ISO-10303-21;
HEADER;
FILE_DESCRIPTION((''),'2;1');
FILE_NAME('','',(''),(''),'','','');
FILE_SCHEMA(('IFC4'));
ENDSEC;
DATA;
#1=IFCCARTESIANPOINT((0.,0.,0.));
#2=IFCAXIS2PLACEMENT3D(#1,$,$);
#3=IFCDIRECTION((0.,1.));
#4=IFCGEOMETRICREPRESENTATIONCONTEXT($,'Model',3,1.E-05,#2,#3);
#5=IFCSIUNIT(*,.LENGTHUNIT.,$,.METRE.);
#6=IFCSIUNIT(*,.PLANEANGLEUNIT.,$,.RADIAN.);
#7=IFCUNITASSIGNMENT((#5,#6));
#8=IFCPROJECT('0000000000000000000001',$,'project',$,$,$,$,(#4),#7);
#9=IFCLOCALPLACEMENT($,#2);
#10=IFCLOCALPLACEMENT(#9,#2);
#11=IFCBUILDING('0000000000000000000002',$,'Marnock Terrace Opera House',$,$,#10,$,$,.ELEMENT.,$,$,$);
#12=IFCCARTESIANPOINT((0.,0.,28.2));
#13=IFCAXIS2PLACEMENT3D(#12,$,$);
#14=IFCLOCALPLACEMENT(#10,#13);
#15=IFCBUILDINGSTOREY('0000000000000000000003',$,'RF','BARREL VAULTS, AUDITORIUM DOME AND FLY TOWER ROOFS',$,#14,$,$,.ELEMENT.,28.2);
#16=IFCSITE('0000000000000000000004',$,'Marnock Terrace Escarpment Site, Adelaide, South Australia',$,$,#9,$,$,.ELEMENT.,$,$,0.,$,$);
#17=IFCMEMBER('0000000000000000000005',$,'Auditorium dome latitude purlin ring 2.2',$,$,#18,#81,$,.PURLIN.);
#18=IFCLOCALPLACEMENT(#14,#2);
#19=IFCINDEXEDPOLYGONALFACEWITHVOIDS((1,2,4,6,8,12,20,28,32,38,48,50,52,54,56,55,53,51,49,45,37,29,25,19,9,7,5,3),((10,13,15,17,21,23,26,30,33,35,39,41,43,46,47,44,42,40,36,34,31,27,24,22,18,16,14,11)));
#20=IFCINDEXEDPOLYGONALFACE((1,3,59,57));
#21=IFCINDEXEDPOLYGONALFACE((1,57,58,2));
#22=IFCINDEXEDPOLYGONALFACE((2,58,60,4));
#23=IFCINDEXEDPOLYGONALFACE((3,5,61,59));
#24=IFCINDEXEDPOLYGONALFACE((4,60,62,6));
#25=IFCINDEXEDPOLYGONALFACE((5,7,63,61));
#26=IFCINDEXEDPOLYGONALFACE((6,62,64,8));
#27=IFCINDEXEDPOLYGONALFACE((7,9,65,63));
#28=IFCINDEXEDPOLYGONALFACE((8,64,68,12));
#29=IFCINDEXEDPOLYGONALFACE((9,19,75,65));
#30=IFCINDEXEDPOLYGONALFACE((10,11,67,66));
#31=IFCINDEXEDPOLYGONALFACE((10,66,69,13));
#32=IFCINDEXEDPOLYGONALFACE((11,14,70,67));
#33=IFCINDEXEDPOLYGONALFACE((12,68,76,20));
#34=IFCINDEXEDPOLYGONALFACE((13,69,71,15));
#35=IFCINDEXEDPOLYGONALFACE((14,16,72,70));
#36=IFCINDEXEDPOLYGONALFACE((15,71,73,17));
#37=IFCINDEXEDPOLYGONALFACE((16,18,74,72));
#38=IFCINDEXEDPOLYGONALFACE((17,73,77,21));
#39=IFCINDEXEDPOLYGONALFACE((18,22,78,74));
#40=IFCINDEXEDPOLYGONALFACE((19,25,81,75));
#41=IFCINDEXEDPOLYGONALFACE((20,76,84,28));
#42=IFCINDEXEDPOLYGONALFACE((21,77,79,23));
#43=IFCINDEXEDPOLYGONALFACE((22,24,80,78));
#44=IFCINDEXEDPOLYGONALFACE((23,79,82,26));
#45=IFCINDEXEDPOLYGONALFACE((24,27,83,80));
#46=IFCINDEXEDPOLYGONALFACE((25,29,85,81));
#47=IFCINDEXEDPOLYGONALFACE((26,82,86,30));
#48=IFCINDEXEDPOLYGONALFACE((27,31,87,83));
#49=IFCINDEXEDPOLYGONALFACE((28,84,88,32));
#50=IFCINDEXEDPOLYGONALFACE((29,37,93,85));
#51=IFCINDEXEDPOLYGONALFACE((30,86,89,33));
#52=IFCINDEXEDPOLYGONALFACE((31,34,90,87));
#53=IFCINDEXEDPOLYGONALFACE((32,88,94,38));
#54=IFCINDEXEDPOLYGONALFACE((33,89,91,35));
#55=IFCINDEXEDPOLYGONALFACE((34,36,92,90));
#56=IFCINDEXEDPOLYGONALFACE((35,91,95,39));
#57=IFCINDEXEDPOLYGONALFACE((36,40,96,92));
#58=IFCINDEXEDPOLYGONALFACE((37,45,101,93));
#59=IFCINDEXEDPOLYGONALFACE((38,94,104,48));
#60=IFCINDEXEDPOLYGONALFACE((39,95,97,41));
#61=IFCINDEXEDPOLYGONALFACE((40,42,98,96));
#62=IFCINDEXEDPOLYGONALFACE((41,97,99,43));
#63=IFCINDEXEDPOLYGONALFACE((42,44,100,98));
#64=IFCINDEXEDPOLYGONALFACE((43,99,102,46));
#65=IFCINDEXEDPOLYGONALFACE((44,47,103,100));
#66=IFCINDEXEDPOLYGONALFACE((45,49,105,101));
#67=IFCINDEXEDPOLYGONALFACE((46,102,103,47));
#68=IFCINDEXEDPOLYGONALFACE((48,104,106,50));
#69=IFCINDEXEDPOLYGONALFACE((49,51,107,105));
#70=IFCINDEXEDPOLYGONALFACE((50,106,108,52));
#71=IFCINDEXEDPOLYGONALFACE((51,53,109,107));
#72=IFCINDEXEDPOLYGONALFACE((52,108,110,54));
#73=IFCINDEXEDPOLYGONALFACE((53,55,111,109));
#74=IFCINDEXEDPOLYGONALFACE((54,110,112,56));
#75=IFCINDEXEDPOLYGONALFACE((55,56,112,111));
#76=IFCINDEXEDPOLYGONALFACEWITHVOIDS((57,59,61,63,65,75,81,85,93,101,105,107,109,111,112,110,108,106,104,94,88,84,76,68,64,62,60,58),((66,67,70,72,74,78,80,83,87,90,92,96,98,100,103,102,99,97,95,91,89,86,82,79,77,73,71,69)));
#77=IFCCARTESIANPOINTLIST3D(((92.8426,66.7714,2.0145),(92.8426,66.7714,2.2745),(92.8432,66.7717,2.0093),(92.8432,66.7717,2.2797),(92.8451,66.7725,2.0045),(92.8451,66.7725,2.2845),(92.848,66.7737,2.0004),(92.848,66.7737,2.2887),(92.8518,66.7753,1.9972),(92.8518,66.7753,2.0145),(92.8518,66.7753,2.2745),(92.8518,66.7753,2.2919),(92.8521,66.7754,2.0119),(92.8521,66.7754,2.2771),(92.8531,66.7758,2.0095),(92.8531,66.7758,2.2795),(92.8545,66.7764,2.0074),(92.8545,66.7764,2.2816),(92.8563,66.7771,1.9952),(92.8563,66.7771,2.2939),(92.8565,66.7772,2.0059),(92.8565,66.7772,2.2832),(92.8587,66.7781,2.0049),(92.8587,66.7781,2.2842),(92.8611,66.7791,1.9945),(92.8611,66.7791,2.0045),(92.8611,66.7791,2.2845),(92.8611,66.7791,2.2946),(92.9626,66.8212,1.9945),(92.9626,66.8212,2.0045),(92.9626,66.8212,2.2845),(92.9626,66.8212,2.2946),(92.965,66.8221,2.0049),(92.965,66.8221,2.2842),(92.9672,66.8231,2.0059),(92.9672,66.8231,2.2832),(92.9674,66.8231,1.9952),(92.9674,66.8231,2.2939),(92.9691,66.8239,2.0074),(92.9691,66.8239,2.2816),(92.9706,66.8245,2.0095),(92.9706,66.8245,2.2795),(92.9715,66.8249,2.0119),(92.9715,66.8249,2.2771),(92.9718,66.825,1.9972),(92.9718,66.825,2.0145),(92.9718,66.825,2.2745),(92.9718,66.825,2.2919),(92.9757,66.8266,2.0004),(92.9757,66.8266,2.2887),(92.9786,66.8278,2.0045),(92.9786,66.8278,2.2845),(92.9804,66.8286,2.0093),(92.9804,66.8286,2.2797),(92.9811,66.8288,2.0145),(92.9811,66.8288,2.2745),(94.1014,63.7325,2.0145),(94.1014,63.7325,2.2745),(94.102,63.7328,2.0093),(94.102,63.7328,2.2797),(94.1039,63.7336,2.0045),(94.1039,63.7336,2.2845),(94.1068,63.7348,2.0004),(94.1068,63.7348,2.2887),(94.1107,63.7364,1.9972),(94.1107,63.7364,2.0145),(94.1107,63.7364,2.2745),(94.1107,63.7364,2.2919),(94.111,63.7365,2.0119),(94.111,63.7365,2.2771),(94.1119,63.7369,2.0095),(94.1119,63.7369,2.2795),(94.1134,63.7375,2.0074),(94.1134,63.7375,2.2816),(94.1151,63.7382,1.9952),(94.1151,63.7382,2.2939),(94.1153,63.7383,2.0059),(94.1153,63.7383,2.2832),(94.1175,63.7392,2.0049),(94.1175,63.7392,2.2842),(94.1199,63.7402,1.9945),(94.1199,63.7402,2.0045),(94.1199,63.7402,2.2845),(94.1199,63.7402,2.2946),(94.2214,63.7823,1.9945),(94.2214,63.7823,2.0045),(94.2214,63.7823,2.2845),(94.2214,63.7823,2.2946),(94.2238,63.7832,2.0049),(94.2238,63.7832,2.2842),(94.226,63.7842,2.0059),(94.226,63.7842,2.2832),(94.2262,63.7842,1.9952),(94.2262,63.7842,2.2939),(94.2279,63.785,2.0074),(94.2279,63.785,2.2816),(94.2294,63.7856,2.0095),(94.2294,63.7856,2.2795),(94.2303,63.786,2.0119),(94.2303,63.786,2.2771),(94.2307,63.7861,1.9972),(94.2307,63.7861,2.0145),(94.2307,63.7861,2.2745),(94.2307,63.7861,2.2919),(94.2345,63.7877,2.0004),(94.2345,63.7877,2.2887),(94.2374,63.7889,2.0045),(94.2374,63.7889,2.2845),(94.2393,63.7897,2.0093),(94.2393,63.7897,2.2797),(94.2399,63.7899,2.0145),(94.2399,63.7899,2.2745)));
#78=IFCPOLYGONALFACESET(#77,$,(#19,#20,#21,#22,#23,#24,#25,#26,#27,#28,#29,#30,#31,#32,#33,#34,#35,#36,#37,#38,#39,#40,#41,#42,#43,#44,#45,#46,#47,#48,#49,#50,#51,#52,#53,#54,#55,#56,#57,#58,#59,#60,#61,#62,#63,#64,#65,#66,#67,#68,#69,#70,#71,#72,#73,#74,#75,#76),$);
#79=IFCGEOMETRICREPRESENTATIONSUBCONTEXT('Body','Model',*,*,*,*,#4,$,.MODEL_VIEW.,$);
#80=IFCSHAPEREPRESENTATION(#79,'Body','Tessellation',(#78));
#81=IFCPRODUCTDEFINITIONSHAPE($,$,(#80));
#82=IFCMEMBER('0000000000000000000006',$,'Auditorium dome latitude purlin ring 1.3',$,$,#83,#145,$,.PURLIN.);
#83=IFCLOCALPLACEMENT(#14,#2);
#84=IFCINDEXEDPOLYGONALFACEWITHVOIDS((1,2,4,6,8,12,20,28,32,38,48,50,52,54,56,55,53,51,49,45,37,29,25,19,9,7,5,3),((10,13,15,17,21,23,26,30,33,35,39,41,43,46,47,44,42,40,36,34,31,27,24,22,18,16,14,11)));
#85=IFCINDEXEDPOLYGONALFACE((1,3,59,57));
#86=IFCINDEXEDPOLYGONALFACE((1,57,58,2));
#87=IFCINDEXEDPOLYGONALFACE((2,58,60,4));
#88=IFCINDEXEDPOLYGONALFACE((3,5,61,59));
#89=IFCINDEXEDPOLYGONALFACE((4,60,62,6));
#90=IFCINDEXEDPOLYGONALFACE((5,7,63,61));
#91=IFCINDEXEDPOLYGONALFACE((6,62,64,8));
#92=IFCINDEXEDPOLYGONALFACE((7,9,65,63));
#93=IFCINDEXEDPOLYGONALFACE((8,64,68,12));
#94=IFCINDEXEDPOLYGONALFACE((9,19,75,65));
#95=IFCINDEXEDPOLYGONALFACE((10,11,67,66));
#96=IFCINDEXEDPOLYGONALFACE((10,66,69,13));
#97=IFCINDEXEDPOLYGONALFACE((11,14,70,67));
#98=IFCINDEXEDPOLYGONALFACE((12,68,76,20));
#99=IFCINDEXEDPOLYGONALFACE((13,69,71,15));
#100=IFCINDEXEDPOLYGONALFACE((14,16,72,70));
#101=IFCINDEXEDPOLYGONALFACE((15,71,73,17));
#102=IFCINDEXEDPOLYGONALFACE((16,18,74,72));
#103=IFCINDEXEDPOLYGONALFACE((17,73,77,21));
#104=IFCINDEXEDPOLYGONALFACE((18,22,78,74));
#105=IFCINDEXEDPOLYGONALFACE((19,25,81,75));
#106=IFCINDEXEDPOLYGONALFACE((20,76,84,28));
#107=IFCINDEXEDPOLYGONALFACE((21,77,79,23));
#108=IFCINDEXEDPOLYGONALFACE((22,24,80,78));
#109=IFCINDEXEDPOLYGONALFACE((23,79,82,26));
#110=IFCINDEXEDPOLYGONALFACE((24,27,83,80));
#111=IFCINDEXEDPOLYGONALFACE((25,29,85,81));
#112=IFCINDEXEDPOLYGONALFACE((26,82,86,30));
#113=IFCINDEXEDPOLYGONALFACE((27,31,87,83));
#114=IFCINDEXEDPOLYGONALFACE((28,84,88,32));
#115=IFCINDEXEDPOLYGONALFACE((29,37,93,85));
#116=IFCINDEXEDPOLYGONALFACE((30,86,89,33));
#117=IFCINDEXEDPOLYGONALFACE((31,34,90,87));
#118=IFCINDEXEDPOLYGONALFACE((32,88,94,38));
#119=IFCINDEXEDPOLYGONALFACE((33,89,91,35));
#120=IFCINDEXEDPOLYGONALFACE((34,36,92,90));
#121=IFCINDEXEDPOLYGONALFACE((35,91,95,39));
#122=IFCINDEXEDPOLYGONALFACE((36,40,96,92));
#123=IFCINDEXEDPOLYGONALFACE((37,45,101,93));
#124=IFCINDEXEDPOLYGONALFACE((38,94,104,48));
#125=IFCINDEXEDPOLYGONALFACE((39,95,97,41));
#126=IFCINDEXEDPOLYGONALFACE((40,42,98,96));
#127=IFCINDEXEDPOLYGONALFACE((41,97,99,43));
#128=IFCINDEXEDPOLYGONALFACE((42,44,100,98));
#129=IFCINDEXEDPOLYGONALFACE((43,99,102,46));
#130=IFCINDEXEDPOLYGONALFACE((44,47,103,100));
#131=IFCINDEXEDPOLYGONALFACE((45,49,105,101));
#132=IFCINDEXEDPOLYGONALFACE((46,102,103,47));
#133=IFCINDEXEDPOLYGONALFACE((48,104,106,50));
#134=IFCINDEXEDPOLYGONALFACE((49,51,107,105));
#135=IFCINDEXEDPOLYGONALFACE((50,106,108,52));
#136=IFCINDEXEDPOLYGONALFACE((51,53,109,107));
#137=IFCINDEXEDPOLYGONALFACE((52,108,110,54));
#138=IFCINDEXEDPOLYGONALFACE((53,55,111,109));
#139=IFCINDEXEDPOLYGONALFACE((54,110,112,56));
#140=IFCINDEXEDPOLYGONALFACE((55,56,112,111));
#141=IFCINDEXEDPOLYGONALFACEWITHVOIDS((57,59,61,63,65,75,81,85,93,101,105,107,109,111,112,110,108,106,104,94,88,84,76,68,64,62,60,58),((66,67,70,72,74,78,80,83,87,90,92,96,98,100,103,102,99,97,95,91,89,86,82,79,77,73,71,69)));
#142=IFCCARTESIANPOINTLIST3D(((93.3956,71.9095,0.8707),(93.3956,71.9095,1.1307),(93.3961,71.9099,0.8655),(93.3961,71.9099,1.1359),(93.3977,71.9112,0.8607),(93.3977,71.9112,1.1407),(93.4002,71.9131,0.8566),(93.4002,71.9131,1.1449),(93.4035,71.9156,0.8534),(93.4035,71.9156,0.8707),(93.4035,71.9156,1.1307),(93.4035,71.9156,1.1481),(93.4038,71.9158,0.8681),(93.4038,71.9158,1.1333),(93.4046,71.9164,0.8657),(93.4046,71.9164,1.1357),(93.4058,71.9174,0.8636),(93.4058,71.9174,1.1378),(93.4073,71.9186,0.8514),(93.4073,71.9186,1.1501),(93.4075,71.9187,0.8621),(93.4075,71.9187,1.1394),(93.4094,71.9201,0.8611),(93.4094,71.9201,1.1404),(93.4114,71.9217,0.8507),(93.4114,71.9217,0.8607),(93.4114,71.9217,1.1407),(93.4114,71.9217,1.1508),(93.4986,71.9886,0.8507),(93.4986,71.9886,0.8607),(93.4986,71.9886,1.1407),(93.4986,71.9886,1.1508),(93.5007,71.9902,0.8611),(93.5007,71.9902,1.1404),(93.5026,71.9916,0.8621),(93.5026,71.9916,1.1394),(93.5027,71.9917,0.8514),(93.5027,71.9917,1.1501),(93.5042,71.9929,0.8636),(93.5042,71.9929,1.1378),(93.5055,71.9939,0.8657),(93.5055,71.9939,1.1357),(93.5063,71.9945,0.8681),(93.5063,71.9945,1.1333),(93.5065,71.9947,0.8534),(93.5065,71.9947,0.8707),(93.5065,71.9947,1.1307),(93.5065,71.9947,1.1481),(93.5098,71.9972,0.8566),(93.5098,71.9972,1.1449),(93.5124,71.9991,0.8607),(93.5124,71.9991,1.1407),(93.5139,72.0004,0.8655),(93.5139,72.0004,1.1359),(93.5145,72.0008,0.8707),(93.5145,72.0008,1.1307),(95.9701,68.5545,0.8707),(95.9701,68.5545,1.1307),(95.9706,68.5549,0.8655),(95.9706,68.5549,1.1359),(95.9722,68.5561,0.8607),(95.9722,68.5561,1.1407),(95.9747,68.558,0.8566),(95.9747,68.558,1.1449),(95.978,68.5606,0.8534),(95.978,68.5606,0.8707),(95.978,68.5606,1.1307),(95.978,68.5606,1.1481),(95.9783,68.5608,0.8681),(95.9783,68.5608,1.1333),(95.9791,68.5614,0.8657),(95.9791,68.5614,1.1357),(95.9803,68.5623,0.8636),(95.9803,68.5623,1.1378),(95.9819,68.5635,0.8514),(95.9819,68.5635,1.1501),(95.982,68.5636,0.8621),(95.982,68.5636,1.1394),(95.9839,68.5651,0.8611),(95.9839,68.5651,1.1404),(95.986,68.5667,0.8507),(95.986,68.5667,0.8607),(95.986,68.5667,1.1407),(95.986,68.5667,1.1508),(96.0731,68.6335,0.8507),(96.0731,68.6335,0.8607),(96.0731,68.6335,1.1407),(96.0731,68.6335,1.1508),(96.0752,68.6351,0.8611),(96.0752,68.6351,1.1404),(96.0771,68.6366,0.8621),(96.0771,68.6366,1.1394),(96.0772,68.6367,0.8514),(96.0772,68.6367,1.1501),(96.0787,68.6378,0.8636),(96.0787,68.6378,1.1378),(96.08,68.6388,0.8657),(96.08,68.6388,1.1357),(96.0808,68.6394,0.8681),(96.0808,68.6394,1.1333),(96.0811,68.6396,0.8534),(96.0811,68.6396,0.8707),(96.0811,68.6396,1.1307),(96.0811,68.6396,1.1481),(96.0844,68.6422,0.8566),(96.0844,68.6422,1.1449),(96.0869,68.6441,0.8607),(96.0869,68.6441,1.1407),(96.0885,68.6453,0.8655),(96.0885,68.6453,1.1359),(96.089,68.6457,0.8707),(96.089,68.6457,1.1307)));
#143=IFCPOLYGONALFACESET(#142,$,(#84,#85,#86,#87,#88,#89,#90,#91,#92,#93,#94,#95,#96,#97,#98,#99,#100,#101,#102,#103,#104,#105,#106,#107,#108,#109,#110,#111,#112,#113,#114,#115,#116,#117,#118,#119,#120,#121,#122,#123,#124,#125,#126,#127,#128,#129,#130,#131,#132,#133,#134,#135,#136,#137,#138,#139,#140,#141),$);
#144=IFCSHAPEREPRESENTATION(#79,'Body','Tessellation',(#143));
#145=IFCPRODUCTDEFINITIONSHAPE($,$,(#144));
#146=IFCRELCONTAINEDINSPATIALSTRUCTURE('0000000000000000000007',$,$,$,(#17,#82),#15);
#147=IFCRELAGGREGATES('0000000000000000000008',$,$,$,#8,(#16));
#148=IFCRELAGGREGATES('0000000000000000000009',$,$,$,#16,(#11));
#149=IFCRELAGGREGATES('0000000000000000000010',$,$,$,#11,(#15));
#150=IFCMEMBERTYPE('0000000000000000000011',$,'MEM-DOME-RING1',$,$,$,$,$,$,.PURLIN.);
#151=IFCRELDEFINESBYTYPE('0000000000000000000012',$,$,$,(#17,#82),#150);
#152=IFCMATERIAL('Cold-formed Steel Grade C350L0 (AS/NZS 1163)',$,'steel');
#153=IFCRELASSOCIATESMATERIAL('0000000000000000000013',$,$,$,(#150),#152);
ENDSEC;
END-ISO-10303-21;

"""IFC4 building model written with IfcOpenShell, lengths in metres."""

from ifc_helpers import new_model, si_unit, direction, frame, origin, origin_2d, place, context, subcontext, project, spatial, hollow_rectangle, extrude, material, material_profile, profile_set, type_object, element, save


model = new_model("IFC4")

# Units and contexts
model_context = context("Model", 3, precision=1e-05, world=origin(), true_north=direction((0.0, 1.0)))
body_context = subcontext(model_context, "Body", "Model", "MODEL_VIEW")
ifc_project = project(units=[si_unit("LENGTHUNIT", "METRE"), si_unit("PLANEANGLEUNIT", "RADIAN")], contexts=[model_context])

# Site, building, storey
site_placement = place(None, origin())
site = spatial("IfcSite", under=ifc_project, at=site_placement, Name="Marnock Terrace Escarpment Site, Adelaide, South Australia", CompositionType="ELEMENT", RefElevation=0.0)
building_placement = place(site_placement, origin())
building = spatial("IfcBuilding", under=site, at=building_placement, Name="Marnock Terrace Opera House", CompositionType="ELEMENT")
storey_placement = place(building_placement, frame((0.0, 0.0, 28.2)))
storey = spatial("IfcBuildingStorey", under=building, at=storey_placement, Name="RF", Description="BARREL VAULTS, AUDITORIUM DOME AND FLY TOWER ROOFS", CompositionType="ELEMENT", Elevation=28.2)

# Members
ifc_material_1 = material(Name="Cold-formed Steel Grade C350L0 (AS/NZS 1163)", Category="steel")
ifc_material_profile_1 = material_profile(ifc_material_1, hollow_rectangle(XDim=0.1499, YDim=0.3, WallThickness=0.01, InnerFilletRadius=0.01, OuterFilletRadius=0.02, at=origin_2d()))
ifc_profile_set_1 = profile_set([ifc_material_profile_1], Name="Cold-formed Steel Grade C350L0 (AS/NZS 1163)")
member_type_1 = type_object("IfcMemberType", Name="MEM-DOME-RING1", PredefinedType="PURLIN", material=ifc_profile_set_1)
member_1_placement = place(storey_placement, frame((94.1707, 63.7612, 2.1445), z_axis=(-0.382701, 0.923872, 0.0), x_axis=(-0.923872, -0.382701, 0.0)))
element("IfcMember", 1, at=member_1_placement, inside=storey, type_object=member_type_1, Name="Auditorium dome latitude purlin ring 2.2", PredefinedType="PURLIN", context=body_context, shape_type="SweptSolid", body=[
    extrude(hollow_rectangle(XDim=0.1499, YDim=0.3, WallThickness=0.01, InnerFilletRadius=0.01, OuterFilletRadius=0.02, at=origin_2d()), origin(), (0.0, 0.0, 1.0), 3.2893),
])
member_2_placement = place(storey_placement, frame((96.0295, 68.6001, 1.0007), z_axis=(-0.608776, 0.793342, 0.0), x_axis=(-0.793342, -0.608776, 0.0)))
element("IfcMember", 2, at=member_2_placement, inside=storey, type_object=member_type_1, Name="Auditorium dome latitude purlin ring 1.3", PredefinedType="PURLIN", context=body_context, shape_type="SweptSolid", body=[
    extrude(hollow_rectangle(XDim=0.1499, YDim=0.3, WallThickness=0.01, InnerFilletRadius=0.01, OuterFilletRadius=0.02, at=origin_2d()), origin(), (0.0, 0.0, 1.0), 4.229),
])

save(model, "model.ifc")
